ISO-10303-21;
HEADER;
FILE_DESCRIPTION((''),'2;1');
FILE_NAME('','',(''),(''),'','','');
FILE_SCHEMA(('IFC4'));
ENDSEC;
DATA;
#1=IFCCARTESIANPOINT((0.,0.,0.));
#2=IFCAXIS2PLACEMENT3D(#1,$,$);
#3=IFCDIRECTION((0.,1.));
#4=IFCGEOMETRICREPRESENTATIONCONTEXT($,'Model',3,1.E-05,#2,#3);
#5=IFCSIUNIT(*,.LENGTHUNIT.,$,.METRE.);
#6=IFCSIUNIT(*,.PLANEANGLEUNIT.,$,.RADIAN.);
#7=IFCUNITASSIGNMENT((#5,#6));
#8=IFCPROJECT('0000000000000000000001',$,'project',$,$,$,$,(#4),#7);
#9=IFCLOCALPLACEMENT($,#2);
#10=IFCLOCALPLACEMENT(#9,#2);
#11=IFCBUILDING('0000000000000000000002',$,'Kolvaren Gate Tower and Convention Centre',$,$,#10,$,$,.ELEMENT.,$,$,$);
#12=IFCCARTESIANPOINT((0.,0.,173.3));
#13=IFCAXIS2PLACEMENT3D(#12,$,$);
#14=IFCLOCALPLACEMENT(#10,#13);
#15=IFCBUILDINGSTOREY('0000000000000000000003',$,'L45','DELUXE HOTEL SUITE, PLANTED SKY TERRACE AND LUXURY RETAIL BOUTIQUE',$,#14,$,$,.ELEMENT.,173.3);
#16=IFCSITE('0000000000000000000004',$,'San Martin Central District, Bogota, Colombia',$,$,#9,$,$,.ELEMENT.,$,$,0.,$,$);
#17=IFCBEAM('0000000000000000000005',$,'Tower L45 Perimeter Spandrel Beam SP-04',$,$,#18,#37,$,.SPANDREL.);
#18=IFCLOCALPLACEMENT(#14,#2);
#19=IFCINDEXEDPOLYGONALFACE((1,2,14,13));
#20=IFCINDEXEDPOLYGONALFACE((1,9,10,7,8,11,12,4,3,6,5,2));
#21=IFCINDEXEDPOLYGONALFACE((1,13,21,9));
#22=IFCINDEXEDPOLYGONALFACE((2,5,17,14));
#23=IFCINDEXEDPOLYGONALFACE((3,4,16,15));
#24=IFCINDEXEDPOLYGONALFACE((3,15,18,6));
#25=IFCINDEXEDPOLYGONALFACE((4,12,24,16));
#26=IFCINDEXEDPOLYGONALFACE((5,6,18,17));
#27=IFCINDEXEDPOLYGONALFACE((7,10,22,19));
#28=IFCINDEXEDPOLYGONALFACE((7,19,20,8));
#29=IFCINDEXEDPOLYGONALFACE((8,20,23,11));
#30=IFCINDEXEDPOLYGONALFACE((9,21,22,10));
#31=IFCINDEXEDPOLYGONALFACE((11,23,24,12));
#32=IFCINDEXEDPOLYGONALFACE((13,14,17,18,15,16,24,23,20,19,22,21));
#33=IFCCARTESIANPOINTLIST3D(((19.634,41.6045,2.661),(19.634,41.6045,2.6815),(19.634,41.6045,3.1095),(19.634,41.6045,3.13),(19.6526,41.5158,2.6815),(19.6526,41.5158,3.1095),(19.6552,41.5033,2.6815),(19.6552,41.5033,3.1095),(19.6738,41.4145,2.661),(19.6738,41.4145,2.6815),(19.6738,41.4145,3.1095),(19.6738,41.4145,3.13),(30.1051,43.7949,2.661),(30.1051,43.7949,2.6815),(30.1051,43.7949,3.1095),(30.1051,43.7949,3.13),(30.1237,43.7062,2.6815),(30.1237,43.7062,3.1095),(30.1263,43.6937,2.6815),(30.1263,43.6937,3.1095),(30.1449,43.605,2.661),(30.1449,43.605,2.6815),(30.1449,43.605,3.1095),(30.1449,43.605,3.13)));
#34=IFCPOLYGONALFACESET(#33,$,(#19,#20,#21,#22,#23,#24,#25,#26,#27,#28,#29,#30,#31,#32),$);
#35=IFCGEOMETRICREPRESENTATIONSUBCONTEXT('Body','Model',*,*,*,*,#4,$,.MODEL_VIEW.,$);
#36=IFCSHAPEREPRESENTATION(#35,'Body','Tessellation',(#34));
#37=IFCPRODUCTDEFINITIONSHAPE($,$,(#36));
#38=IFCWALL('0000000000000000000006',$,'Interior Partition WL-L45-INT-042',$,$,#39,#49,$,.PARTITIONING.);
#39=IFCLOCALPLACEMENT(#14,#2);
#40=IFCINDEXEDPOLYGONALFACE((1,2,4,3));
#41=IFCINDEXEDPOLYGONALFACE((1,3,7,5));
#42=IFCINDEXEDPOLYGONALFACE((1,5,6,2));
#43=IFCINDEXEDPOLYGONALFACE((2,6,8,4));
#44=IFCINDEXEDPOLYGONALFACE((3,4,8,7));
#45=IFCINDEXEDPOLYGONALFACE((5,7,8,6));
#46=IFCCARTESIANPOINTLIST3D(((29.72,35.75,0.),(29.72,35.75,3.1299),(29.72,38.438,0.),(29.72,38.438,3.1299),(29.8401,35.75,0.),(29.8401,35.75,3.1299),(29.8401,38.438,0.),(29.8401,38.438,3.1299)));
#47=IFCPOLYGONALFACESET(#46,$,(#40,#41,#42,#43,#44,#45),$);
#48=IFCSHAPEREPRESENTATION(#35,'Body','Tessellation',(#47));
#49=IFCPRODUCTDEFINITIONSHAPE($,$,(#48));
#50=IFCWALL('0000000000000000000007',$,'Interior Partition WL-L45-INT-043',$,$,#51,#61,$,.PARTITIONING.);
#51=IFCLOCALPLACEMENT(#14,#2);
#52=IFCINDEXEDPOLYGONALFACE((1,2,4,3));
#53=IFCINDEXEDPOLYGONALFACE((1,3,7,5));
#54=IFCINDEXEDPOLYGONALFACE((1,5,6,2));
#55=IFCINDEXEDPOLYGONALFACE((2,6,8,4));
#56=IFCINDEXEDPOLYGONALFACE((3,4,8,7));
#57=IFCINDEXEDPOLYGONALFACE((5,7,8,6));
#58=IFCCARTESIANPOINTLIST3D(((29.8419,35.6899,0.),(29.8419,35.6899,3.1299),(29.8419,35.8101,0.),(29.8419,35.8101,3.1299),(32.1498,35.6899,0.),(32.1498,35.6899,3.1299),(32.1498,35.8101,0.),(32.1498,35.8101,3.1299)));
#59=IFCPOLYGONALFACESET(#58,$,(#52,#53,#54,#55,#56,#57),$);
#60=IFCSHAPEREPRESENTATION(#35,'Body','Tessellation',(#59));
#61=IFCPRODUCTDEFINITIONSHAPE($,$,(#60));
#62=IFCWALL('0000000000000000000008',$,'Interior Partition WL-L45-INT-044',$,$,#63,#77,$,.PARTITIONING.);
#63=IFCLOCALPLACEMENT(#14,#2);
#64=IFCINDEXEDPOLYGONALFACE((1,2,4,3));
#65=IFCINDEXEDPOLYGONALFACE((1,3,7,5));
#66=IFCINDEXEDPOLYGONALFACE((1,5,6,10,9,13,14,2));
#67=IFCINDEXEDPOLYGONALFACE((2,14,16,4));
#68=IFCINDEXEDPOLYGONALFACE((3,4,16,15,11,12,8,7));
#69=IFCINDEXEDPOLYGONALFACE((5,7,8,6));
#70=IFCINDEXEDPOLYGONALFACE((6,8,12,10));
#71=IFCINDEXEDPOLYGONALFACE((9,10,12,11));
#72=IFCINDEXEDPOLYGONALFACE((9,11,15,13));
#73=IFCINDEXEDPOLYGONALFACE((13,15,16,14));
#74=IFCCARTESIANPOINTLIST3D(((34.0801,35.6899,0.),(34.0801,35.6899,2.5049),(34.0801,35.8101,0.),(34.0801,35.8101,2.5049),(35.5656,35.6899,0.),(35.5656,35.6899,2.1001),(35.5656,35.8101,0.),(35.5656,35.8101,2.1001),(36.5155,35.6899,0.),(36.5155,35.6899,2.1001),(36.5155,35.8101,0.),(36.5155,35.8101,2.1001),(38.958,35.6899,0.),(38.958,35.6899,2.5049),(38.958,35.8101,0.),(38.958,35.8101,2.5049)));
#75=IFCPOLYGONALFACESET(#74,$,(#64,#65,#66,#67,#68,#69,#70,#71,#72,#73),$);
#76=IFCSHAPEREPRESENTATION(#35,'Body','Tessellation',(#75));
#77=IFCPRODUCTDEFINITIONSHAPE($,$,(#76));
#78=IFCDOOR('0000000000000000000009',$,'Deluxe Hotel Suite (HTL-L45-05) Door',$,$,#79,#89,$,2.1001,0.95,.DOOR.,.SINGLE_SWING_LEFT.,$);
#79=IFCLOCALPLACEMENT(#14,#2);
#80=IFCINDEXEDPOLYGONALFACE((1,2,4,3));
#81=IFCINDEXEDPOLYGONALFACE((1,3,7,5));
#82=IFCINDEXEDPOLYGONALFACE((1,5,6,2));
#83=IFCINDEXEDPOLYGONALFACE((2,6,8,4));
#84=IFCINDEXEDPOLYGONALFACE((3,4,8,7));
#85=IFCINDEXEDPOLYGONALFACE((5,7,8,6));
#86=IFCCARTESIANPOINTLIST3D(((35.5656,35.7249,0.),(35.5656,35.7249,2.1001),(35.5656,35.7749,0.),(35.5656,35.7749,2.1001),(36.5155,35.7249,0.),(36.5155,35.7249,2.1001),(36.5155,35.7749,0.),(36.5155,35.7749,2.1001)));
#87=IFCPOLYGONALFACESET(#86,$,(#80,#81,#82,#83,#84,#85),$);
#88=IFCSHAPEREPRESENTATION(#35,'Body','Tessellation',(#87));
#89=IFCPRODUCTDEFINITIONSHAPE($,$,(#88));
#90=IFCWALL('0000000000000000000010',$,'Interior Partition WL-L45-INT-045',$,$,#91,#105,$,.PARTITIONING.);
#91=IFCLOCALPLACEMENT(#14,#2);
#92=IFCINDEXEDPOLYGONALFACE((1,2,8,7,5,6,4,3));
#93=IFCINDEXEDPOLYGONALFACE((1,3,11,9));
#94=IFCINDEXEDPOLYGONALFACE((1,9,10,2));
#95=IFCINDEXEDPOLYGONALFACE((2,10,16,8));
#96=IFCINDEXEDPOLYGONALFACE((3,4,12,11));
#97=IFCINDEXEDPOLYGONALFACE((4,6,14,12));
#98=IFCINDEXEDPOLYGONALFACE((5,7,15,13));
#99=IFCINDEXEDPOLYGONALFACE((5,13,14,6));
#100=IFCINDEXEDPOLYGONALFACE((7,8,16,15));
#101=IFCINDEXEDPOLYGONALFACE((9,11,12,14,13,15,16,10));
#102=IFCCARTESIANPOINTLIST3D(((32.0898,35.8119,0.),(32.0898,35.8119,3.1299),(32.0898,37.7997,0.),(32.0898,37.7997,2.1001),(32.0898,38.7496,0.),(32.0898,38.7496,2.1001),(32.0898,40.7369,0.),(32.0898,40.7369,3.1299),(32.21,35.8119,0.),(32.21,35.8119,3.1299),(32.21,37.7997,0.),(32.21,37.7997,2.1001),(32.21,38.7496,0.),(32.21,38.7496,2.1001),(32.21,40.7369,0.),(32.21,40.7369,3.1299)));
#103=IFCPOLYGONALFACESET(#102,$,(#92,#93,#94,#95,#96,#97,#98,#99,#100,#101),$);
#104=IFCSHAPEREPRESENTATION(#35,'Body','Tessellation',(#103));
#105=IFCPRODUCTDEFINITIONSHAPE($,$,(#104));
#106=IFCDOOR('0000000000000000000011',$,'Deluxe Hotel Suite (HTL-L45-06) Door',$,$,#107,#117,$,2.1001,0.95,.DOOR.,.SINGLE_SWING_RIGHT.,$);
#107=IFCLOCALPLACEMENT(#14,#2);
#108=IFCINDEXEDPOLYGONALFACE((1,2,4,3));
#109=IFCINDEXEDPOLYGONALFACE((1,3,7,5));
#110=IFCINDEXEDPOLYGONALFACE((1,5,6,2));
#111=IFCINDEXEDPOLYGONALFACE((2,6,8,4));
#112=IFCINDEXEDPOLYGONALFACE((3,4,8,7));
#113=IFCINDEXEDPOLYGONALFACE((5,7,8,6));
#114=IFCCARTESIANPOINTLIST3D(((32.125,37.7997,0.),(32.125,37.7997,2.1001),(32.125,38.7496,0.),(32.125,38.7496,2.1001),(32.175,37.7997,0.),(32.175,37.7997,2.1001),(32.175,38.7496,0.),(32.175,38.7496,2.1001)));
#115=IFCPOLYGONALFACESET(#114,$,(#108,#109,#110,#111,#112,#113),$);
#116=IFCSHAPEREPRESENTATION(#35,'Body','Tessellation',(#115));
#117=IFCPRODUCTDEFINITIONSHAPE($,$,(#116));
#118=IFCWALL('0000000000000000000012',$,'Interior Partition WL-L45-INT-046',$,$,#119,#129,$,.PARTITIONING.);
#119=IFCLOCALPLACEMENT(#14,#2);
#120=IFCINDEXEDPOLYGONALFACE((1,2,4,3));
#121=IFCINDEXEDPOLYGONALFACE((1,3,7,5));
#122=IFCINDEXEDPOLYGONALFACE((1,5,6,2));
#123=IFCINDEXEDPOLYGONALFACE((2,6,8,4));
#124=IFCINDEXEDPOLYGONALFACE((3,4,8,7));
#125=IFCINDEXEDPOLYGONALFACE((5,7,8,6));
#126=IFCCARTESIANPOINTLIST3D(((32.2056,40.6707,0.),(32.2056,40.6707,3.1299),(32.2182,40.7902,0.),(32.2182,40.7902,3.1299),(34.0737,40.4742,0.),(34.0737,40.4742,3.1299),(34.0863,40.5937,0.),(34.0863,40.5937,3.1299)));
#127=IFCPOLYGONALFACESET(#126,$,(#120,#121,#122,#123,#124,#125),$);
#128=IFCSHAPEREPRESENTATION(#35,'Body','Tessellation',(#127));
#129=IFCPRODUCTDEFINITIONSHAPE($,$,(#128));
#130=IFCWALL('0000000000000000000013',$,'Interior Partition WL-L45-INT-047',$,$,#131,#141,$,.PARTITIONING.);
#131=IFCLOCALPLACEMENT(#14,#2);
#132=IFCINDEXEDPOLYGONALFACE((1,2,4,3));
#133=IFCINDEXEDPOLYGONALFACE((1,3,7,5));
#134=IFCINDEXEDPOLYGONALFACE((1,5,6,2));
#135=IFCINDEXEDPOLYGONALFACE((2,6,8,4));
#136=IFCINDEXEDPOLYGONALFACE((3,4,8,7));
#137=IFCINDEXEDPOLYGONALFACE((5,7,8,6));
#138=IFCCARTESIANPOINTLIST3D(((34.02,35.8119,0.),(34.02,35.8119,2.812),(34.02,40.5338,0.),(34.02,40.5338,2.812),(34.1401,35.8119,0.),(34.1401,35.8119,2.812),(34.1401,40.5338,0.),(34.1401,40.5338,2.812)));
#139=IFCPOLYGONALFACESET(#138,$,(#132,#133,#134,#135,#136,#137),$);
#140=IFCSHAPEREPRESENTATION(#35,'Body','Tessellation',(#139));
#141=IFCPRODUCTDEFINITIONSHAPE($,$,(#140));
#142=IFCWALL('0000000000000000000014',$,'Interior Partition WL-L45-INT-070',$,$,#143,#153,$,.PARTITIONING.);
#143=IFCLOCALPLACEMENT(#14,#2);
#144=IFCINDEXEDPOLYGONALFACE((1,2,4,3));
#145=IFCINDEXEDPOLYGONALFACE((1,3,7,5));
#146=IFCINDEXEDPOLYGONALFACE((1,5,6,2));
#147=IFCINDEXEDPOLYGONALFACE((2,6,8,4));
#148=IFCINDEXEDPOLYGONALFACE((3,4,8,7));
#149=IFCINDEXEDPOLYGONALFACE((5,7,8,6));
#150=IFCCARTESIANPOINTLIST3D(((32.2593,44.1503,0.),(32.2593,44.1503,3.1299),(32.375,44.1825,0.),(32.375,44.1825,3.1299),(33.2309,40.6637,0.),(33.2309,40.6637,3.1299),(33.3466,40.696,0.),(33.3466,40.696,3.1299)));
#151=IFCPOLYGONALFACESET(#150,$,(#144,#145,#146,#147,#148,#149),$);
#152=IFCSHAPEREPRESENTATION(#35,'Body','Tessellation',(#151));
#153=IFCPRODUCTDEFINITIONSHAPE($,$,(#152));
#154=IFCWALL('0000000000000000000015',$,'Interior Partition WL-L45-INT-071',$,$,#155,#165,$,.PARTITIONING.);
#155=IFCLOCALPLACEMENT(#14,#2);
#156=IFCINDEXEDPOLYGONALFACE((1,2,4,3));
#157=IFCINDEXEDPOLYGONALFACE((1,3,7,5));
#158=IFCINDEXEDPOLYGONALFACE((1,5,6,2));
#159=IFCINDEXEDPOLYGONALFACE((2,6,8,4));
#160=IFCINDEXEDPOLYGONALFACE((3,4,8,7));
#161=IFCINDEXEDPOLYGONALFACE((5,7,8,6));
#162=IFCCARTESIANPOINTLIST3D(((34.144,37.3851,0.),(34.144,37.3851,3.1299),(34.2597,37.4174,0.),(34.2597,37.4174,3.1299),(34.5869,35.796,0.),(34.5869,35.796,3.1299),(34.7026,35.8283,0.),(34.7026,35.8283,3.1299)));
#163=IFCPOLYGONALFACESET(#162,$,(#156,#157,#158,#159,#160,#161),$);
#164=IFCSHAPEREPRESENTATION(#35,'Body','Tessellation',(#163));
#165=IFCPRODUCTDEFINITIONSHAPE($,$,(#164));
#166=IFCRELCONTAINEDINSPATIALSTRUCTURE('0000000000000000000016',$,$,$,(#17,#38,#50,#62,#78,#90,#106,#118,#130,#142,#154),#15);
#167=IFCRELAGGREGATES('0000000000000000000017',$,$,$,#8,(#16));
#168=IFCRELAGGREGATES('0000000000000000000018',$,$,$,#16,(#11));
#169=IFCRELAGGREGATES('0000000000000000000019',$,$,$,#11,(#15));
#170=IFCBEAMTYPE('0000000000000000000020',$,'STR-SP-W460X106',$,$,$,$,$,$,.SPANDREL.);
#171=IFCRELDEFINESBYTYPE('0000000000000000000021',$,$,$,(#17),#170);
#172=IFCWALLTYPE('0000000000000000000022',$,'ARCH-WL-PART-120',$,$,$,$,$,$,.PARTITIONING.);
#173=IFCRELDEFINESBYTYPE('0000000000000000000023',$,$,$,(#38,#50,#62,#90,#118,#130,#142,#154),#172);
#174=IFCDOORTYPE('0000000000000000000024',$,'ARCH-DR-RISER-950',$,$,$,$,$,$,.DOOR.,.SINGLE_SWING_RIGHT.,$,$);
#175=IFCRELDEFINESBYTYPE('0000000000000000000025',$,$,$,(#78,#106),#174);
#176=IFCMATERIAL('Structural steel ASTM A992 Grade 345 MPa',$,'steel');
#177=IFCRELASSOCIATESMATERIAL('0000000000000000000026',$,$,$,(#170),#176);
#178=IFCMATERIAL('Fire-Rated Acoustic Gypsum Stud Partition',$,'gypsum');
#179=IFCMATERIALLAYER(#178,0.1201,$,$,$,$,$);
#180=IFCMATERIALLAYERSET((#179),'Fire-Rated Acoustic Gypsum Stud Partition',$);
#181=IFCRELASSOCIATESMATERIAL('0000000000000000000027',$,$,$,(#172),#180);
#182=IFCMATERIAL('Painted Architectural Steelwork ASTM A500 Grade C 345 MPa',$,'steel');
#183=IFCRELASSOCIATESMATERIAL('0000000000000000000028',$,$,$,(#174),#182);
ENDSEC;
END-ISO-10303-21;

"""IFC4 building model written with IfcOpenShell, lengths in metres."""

from ifc_helpers import new_model, si_unit, direction, frame, frame_2d, origin, origin_2d, place, context, subcontext, project, spatial, rectangle, i_section, extrude, material, layer, layer_set, material_profile, profile_set, type_object, element, fill, save


model = new_model("IFC4")

# Units and contexts
model_context = context("Model", 3, precision=1e-05, world=origin(), true_north=direction((0.0, 1.0)))
body_context = subcontext(model_context, "Body", "Model", "MODEL_VIEW")
ifc_project = project(units=[si_unit("LENGTHUNIT", "METRE"), si_unit("PLANEANGLEUNIT", "RADIAN")], contexts=[model_context])

# Site, building, storey
site_placement = place(None, origin())
site = spatial("IfcSite", under=ifc_project, at=site_placement, Name="San Martin Central District, Bogota, Colombia", CompositionType="ELEMENT", RefElevation=0.0)
building_placement = place(site_placement, origin())
building = spatial("IfcBuilding", under=site, at=building_placement, Name="Kolvaren Gate Tower and Convention Centre", CompositionType="ELEMENT")
storey_placement = place(building_placement, frame((0.0, 0.0, 173.3)))
storey = spatial("IfcBuildingStorey", under=building, at=storey_placement, Name="L45", Description="DELUXE HOTEL SUITE, PLANTED SKY TERRACE AND LUXURY RETAIL BOUTIQUE", CompositionType="ELEMENT", Elevation=173.3)

# Beam
ifc_material_1 = material(Name="Structural steel ASTM A992 Grade 345 MPa", Category="steel")
ifc_material_profile_1 = material_profile(ifc_material_1, i_section(OverallWidth=0.1941, OverallDepth=0.469, WebThickness=0.0127, FlangeThickness=0.0205, at=origin_2d()), Name="W460X106")
ifc_profile_set_1 = profile_set([ifc_material_profile_1], Name="Structural steel ASTM A992 Grade 345 MPa")
beam_type_1 = type_object("IfcBeamType", Name="STR-SP-W460X106", PredefinedType="SPANDREL", material=ifc_profile_set_1)
beam_1_placement = place(storey_placement, frame((30.125, 43.7, 2.8955), z_axis=(-0.978813, -0.204754, 0.0), x_axis=(0.204754, -0.978813, 0.0)))
element("IfcBeam", 1, at=beam_1_placement, inside=storey, type_object=beam_type_1, Name="Tower L45 Perimeter Spandrel Beam SP-04", PredefinedType="SPANDREL", context=body_context, shape_type="SweptSolid", body=[
    extrude(i_section(OverallWidth=0.1941, OverallDepth=0.469, WebThickness=0.0127, FlangeThickness=0.0205, at=origin_2d()), origin(), (0.0, 0.0, 1.0), 10.6978),
])

# Walls
ifc_material_2 = material(Name="Fire-Rated Acoustic Gypsum Stud Partition", Category="gypsum")
ifc_layer_1 = layer(ifc_material_2, 0.1201)
ifc_layer_set_1 = layer_set([ifc_layer_1], Name="Fire-Rated Acoustic Gypsum Stud Partition")
wall_type_1 = type_object("IfcWallType", Name="ARCH-WL-PART-120", PredefinedType="PARTITIONING", material=ifc_layer_set_1)
wall_1_placement = place(storey_placement, frame((29.78, 35.75, 0.0), z_axis=(0.0, 0.0, 1.0), x_axis=(0.0, 1.0, 0.0)))
element("IfcWall", 2, at=wall_1_placement, inside=storey, type_object=wall_type_1, Name="Interior Partition WL-L45-INT-042", PredefinedType="PARTITIONING", context=body_context, shape_type="SweptSolid", body=[
    extrude(rectangle(XDim=2.688, YDim=0.1201, at=frame_2d((1.344, 0.0))), origin(), (0.0, 0.0, 1.0), 3.1299),
])
wall_2_placement = place(storey_placement, frame((29.842, 35.75, 0.0), z_axis=(0.0, 0.0, 1.0), x_axis=(1.0, 0.0, 0.0)))
element("IfcWall", 3, at=wall_2_placement, inside=storey, type_object=wall_type_1, Name="Interior Partition WL-L45-INT-043", PredefinedType="PARTITIONING", context=body_context, shape_type="SweptSolid", body=[
    extrude(rectangle(XDim=2.3079, YDim=0.1201, at=frame_2d((1.1538, 0.0))), origin(), (0.0, 0.0, 1.0), 3.1299),
])

# Walls, openings, doors
wall_3_placement = place(storey_placement, frame((34.0801, 35.75, 0.0), z_axis=(0.0, 0.0, 1.0), x_axis=(1.0, 0.0, 0.0)))
wall_3 = element("IfcWall", 4, at=wall_3_placement, inside=storey, type_object=wall_type_1, Name="Interior Partition WL-L45-INT-044", PredefinedType="PARTITIONING", context=body_context, shape_type="SweptSolid", body=[
    extrude(rectangle(XDim=4.8779, YDim=0.1201, at=frame_2d((2.439, 0.0))), origin(), (0.0, 0.0, 1.0), 2.5049),
])
opening_1_placement = place(wall_3_placement, frame((1.4854, 0.0, 0.0)))
opening_1 = element("IfcOpeningElement", 5, at=opening_1_placement, cuts=wall_3, PredefinedType="OPENING", context=body_context, shape_type="SweptSolid", body=[
    extrude(rectangle(XDim=0.95, YDim=2.1001, at=frame_2d((0.4751, 1.05))), frame((0.0, 0.0701, 0.0), z_axis=(0.0, -1.0, 0.0), x_axis=(1.0, 0.0, 0.0)), (0.0, 0.0, 1.0), 0.1401),
])
ifc_material_3 = material(Name="Painted Architectural Steelwork ASTM A500 Grade C 345 MPa", Category="steel")
door_type = type_object("IfcDoorType", Name="ARCH-DR-RISER-950", OperationType="SINGLE_SWING_RIGHT", PredefinedType="DOOR", material=ifc_material_3)
door_1_placement = place(opening_1_placement, origin())
door_1 = element("IfcDoor", 6, at=door_1_placement, inside=storey, type_object=door_type, Name="Deluxe Hotel Suite (HTL-L45-05) Door", OperationType="SINGLE_SWING_LEFT", OverallHeight=2.1001, OverallWidth=0.95, PredefinedType="DOOR", context=body_context, shape_type="SweptSolid", body=[
    extrude(rectangle(XDim=0.95, YDim=2.1001, at=frame_2d((0.4751, 1.05))), frame((0.0, 0.0249, 0.0), z_axis=(0.0, -1.0, 0.0), x_axis=(1.0, 0.0, 0.0)), (0.0, 0.0, 1.0), 0.05),
])
fill(opening_1, door_1)
wall_4_placement = place(storey_placement, frame((32.1499, 35.812, 0.0), z_axis=(0.0, 0.0, 1.0), x_axis=(0.0, 1.0, 0.0)))
wall_4 = element("IfcWall", 7, at=wall_4_placement, inside=storey, type_object=wall_type_1, Name="Interior Partition WL-L45-INT-045", PredefinedType="PARTITIONING", context=body_context, shape_type="SweptSolid", body=[
    extrude(rectangle(XDim=4.925, YDim=0.1201, at=frame_2d((2.4624, 0.0))), origin(), (0.0, 0.0, 1.0), 3.1299),
])
opening_2_placement = place(wall_4_placement, frame((1.9875, 0.0, 0.0)))
opening_2 = element("IfcOpeningElement", 8, at=opening_2_placement, cuts=wall_4, PredefinedType="OPENING", context=body_context, shape_type="SweptSolid", body=[
    extrude(rectangle(XDim=0.95, YDim=2.1001, at=frame_2d((0.4751, 1.05))), frame((0.0, 0.0701, 0.0), z_axis=(0.0, -1.0, 0.0), x_axis=(1.0, 0.0, 0.0)), (0.0, 0.0, 1.0), 0.1401),
])
door_2_placement = place(opening_2_placement, origin())
door_2 = element("IfcDoor", 9, at=door_2_placement, inside=storey, type_object=door_type, Name="Deluxe Hotel Suite (HTL-L45-06) Door", OperationType="SINGLE_SWING_RIGHT", OverallHeight=2.1001, OverallWidth=0.95, PredefinedType="DOOR", context=body_context, shape_type="SweptSolid", body=[
    extrude(rectangle(XDim=0.95, YDim=2.1001, at=frame_2d((0.4751, 1.05))), frame((0.0, 0.0249, 0.0), z_axis=(0.0, -1.0, 0.0), x_axis=(1.0, 0.0, 0.0)), (0.0, 0.0, 1.0), 0.05),
])
fill(opening_2, door_2)

# Walls
wall_5_placement = place(storey_placement, frame((32.2119, 40.7305, 0.0), z_axis=(0.0, 0.0, 1.0), x_axis=(0.994512, -0.104624, 0.0)))
element("IfcWall", 10, at=wall_5_placement, inside=storey, type_object=wall_type_1, Name="Interior Partition WL-L45-INT-046", PredefinedType="PARTITIONING", context=body_context, shape_type="SweptSolid", body=[
    extrude(rectangle(XDim=1.8784, YDim=0.1201, at=frame_2d((0.9392, 0.0))), origin(), (0.0, 0.0, 1.0), 3.1299),
])
wall_6_placement = place(storey_placement, frame((34.0801, 35.812, 0.0), z_axis=(0.0, 0.0, 1.0), x_axis=(0.0, 1.0, 0.0)))
element("IfcWall", 11, at=wall_6_placement, inside=storey, type_object=wall_type_1, Name="Interior Partition WL-L45-INT-047", PredefinedType="PARTITIONING", context=body_context, shape_type="SweptSolid", body=[
    extrude(rectangle(XDim=4.7219, YDim=0.1201, at=frame_2d((2.3608, 0.0))), origin(), (0.0, 0.0, 1.0), 2.812),
])
wall_7_placement = place(storey_placement, frame((32.3171, 44.1663, 0.0), z_axis=(0.0, 0.0, 1.0), x_axis=(0.268461, -0.96329, 0.0)))
element("IfcWall", 12, at=wall_7_placement, inside=storey, type_object=wall_type_1, Name="Interior Partition WL-L45-INT-070", PredefinedType="PARTITIONING", context=body_context, shape_type="SweptSolid", body=[
    extrude(rectangle(XDim=3.6194, YDim=0.1201, at=frame_2d((1.8096, 0.0))), origin(), (0.0, 0.0, 1.0), 3.1299),
])
wall_8_placement = place(storey_placement, frame((34.2019, 37.4011, 0.0), z_axis=(0.0, 0.0, 1.0), x_axis=(0.26846, -0.963291, 0.0)))
element("IfcWall", 13, at=wall_8_placement, inside=storey, type_object=wall_type_1, Name="Interior Partition WL-L45-INT-071", PredefinedType="PARTITIONING", context=body_context, shape_type="SweptSolid", body=[
    extrude(rectangle(XDim=1.6497, YDim=0.1201, at=frame_2d((0.8247, 0.0))), origin(), (0.0, 0.0, 1.0), 3.1299),
])

save(model, "model.ifc")
